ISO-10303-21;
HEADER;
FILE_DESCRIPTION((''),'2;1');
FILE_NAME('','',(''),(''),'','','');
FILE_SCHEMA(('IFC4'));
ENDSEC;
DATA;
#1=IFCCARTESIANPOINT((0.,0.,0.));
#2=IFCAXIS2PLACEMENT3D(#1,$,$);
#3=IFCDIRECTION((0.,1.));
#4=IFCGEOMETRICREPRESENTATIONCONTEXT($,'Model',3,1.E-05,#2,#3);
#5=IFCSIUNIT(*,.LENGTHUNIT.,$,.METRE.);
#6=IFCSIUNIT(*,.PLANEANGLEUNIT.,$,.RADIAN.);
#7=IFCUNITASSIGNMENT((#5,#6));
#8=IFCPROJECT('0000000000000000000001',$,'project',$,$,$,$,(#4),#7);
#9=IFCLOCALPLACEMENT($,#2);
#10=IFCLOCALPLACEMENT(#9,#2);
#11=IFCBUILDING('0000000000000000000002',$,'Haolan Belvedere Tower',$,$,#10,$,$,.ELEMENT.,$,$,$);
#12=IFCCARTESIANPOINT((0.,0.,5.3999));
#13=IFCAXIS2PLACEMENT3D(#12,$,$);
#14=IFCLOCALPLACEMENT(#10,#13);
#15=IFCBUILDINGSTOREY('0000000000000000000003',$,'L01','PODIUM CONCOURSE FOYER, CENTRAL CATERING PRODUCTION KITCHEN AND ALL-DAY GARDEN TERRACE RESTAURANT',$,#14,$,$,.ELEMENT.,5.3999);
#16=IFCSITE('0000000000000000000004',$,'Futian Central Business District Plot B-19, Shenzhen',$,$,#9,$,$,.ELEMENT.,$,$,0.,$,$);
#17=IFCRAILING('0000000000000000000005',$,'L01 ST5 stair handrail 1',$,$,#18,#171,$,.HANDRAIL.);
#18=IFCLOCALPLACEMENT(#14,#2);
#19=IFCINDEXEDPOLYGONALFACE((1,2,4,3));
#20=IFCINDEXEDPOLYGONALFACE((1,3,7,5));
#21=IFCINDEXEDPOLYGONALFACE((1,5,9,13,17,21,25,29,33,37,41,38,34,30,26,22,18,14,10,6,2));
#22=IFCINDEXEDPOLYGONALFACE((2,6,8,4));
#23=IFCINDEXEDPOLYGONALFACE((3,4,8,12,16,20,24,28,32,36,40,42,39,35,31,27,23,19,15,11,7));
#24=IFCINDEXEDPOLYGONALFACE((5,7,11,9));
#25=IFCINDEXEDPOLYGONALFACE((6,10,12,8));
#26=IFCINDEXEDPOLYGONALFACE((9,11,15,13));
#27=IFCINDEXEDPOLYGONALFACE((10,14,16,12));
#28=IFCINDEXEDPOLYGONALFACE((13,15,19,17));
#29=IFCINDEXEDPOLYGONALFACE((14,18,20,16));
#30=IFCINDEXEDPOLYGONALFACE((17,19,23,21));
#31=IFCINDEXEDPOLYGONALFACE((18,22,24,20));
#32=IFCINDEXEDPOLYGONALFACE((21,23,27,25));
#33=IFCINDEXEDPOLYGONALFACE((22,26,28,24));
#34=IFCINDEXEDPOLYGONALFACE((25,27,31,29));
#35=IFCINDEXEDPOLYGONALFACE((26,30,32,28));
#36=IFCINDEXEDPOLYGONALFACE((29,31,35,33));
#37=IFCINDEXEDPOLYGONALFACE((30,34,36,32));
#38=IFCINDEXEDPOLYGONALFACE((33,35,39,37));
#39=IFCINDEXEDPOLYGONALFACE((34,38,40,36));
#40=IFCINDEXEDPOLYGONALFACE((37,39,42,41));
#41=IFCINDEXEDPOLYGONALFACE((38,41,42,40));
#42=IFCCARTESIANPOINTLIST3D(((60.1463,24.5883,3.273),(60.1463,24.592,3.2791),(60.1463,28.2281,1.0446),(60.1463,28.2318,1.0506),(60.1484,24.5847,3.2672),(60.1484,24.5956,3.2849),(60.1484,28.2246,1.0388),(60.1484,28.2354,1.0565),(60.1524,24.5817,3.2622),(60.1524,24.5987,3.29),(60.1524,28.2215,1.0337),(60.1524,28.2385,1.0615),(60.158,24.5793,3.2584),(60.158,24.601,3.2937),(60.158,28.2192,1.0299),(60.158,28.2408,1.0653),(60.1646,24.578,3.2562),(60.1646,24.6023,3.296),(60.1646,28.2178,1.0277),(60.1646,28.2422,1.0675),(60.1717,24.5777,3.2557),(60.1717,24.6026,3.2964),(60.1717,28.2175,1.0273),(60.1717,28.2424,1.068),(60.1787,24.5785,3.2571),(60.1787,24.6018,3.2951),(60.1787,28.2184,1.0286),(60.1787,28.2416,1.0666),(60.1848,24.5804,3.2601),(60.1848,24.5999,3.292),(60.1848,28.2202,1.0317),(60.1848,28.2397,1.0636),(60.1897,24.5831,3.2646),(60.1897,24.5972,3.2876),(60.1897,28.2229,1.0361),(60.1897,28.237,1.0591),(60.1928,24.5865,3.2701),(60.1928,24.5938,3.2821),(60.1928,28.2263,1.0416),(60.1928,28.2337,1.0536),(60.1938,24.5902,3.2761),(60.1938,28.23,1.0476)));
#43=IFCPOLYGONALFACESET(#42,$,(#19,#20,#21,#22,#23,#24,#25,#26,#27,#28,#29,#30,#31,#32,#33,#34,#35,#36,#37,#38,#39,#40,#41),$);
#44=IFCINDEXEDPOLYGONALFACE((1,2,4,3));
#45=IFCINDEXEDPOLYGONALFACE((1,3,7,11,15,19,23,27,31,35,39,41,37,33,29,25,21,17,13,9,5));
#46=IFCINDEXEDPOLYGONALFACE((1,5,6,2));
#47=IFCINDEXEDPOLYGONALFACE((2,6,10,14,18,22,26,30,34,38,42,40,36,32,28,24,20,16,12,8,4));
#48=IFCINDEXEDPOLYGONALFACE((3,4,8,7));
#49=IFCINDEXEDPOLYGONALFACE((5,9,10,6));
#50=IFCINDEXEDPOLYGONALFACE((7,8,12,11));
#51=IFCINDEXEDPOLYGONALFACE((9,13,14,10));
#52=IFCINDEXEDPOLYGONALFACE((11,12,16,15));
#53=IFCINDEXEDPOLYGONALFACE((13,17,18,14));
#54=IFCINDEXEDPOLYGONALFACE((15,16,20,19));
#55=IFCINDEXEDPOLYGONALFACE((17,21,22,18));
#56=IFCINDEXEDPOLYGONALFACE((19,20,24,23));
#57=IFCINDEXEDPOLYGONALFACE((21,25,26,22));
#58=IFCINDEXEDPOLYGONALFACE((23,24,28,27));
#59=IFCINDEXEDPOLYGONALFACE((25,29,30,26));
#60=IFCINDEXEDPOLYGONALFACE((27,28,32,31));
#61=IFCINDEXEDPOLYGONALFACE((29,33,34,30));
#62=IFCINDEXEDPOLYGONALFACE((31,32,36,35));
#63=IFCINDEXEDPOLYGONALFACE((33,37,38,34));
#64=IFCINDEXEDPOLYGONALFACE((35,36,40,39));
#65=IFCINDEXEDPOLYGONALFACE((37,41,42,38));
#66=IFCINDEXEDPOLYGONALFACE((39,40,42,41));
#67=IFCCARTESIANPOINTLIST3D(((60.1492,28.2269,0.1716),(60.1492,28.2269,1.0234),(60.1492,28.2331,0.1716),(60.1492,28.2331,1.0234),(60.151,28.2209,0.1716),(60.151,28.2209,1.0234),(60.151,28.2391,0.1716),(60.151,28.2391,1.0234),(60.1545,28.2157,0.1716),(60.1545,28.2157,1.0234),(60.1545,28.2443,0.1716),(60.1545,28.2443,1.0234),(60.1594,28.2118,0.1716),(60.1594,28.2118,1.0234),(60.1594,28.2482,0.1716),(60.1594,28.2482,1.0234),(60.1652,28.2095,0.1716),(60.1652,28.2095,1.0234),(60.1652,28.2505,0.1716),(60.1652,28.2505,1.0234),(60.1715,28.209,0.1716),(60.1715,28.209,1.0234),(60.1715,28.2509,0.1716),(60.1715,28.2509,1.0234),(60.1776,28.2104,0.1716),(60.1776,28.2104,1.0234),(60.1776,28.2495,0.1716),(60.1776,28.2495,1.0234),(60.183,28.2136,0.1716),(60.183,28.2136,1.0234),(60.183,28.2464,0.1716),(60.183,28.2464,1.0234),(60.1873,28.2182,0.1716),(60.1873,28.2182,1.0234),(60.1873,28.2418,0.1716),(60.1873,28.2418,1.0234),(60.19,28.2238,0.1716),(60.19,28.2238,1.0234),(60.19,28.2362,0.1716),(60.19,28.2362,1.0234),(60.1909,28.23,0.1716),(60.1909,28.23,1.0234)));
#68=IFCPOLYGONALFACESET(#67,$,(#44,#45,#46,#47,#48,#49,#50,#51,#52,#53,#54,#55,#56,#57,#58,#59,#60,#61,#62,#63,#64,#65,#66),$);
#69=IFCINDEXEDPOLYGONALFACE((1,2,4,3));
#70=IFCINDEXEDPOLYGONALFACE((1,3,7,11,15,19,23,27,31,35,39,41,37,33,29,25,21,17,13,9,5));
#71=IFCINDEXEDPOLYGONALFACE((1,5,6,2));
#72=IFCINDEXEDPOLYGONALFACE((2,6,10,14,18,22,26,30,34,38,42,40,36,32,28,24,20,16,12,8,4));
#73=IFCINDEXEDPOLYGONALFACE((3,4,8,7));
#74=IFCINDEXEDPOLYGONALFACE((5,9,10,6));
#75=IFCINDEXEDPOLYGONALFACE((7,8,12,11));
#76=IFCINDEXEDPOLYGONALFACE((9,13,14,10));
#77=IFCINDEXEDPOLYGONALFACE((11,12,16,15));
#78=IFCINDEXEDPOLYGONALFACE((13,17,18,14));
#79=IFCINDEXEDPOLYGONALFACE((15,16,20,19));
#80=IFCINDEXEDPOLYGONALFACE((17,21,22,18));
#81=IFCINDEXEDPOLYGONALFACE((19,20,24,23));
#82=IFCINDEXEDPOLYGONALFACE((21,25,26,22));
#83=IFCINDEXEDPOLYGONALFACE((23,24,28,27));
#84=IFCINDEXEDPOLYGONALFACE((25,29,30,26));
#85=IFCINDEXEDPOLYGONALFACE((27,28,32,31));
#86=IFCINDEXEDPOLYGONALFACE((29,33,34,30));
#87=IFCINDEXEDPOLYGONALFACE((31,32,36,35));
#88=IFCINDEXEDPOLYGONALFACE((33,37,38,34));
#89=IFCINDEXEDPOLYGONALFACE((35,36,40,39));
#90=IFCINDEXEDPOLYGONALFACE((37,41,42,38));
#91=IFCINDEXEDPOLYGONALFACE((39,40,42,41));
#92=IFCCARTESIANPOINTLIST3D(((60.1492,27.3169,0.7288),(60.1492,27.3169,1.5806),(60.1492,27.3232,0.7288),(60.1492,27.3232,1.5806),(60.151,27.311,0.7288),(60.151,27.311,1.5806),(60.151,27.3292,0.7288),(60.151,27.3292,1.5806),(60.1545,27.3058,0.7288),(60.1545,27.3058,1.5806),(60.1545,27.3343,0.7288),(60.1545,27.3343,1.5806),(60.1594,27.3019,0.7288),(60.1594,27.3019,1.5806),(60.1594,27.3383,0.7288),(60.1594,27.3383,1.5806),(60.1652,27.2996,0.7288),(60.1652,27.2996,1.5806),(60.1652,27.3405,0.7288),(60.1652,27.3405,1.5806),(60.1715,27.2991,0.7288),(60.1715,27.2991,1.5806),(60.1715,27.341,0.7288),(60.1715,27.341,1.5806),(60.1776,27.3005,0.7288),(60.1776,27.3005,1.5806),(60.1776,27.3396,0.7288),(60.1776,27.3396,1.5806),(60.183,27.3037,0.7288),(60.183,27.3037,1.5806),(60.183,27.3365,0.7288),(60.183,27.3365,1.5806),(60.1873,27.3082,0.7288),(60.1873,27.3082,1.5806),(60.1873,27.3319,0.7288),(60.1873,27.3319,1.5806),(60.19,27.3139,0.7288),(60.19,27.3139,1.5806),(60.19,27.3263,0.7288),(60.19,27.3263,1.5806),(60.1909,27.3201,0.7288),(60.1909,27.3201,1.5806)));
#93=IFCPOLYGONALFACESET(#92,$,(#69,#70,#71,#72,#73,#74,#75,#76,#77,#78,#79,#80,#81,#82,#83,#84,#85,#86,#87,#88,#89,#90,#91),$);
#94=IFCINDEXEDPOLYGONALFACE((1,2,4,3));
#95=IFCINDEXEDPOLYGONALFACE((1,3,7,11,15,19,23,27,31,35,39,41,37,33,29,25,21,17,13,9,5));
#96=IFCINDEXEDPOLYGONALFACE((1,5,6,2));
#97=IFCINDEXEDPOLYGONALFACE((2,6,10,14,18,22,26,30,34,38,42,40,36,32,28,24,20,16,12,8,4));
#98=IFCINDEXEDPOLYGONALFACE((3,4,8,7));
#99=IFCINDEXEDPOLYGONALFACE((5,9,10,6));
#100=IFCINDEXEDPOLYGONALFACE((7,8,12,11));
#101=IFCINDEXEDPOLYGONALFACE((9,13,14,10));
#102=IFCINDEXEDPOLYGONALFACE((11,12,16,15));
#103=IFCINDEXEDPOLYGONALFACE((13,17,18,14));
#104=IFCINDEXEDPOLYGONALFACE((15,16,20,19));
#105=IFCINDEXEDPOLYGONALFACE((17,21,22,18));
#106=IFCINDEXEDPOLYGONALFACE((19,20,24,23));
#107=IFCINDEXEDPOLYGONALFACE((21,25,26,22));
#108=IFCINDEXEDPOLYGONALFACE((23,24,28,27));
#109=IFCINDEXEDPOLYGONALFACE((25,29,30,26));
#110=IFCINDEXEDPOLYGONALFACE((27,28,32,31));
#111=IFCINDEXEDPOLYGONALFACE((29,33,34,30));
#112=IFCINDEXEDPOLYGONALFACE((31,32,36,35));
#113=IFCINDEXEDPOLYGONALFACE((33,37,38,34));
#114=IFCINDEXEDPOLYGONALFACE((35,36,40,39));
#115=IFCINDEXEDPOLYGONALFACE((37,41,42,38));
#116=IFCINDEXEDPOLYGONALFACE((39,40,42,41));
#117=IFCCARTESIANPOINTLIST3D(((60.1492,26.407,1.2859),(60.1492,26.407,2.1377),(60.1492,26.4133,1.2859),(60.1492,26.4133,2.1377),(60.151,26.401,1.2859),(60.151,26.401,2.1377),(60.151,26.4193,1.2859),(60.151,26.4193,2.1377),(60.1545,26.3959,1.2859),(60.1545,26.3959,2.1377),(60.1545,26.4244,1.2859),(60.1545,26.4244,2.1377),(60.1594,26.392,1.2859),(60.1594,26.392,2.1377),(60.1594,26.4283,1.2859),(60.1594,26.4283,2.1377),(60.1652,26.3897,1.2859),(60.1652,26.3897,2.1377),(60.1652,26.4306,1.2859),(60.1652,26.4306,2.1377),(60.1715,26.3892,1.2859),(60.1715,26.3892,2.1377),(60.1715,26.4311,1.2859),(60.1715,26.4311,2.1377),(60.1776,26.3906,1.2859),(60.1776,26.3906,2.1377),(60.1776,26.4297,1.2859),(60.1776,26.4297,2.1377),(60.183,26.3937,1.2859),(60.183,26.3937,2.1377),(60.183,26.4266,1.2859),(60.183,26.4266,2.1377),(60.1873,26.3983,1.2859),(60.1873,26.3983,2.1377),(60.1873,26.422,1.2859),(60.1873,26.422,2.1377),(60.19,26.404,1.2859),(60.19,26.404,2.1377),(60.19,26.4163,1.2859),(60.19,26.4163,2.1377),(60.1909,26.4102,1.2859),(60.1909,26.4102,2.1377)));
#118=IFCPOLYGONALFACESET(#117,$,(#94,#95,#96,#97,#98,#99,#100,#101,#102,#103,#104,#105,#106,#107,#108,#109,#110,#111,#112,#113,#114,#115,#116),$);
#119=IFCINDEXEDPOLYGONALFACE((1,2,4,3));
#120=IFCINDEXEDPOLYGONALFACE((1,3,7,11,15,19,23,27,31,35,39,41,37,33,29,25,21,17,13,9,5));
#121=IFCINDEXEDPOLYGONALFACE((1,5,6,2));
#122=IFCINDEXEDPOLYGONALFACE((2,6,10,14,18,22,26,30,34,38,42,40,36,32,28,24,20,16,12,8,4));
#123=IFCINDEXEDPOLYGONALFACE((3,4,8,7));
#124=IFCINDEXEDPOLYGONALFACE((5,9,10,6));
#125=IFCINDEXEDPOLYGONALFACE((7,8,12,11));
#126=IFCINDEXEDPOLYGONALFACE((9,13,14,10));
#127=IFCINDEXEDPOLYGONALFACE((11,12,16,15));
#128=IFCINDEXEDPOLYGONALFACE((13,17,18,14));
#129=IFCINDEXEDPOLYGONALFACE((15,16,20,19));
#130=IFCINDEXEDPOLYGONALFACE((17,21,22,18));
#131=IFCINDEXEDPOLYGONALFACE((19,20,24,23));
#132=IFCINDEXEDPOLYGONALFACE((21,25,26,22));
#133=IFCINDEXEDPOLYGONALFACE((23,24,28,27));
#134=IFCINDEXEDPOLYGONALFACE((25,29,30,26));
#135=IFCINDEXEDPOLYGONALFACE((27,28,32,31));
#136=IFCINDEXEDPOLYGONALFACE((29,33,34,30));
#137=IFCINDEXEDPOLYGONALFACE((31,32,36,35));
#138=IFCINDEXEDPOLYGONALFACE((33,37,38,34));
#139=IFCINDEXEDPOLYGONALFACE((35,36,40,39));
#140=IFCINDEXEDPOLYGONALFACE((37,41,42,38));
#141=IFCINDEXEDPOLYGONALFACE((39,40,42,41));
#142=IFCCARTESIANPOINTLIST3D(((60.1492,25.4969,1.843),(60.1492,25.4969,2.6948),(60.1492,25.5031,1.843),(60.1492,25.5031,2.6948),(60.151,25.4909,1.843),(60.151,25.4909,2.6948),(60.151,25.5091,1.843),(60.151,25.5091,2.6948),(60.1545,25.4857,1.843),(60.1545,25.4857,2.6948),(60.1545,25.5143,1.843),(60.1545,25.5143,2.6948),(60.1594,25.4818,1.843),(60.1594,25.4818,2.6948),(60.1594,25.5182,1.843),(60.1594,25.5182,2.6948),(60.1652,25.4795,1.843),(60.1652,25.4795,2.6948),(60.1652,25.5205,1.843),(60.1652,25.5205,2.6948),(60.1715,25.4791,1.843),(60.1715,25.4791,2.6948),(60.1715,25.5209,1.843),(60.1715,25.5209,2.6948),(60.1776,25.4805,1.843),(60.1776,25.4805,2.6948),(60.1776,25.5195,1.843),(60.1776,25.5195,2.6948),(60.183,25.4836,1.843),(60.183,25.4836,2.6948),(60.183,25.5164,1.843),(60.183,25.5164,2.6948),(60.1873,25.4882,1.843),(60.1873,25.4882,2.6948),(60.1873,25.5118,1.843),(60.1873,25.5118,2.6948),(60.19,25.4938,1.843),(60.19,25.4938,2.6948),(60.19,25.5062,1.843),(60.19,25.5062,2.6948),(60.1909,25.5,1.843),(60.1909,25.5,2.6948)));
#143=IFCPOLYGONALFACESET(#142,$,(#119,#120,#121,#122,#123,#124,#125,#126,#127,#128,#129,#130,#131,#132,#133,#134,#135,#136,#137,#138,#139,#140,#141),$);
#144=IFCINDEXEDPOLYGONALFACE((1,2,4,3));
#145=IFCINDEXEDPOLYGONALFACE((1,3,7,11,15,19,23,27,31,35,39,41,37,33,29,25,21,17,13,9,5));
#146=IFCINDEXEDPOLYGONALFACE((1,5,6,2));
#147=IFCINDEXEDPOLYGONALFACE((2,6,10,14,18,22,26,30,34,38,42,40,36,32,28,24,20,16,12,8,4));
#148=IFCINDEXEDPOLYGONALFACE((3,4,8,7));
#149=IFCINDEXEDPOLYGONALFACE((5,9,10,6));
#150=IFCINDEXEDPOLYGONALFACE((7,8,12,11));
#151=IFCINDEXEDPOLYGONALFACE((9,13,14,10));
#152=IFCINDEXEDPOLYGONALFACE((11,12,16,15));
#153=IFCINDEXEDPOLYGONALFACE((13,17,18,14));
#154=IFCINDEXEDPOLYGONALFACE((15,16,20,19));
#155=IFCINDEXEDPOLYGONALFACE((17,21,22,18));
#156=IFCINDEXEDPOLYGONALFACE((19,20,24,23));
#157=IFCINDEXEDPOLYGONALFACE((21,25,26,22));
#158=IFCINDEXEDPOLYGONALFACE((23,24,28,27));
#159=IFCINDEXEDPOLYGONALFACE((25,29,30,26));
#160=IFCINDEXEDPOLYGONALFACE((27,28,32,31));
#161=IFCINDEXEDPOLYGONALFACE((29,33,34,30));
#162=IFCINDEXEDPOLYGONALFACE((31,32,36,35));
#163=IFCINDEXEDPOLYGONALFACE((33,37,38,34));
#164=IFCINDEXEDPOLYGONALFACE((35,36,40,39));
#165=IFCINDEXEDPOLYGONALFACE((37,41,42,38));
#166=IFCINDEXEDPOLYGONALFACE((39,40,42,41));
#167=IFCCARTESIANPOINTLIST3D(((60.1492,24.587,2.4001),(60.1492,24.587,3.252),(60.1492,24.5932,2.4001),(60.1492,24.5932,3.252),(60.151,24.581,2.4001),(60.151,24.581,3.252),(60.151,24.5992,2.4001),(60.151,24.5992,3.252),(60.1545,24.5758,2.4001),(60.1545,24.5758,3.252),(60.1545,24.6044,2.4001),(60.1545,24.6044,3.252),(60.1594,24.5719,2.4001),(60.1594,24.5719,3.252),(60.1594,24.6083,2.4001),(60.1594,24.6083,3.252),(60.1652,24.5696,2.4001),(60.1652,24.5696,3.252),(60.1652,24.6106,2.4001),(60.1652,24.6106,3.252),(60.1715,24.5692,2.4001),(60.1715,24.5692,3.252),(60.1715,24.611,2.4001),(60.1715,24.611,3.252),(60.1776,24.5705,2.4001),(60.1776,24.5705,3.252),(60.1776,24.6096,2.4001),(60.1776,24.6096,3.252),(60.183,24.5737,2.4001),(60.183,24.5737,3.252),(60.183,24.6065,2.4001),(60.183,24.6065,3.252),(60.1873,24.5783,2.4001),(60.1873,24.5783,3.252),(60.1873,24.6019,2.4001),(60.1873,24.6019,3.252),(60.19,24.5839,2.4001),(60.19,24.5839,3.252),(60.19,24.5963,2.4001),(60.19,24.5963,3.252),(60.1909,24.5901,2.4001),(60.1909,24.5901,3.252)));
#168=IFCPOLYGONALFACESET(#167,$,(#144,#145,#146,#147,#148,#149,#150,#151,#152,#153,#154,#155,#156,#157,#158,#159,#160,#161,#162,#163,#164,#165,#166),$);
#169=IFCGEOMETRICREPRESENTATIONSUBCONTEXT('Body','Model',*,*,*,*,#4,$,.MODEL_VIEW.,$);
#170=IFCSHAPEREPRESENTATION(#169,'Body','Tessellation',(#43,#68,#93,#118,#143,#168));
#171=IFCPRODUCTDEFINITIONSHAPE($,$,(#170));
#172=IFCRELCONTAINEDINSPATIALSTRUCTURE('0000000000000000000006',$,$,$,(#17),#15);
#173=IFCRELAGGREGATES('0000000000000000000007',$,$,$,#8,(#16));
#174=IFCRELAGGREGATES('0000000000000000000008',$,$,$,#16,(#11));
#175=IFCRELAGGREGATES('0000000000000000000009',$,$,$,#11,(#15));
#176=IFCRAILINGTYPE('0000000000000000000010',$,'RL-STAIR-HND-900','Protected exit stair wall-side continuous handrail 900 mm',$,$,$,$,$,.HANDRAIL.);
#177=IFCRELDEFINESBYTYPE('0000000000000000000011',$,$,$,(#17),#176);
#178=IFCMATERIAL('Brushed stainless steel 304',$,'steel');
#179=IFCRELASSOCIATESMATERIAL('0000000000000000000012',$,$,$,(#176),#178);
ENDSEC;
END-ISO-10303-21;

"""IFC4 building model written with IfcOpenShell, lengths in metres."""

from ifc_helpers import new_model, si_unit, direction, frame, origin, origin_2d, place, context, subcontext, project, spatial, circle, extrude, material, type_object, element, save


model = new_model("IFC4")

# Units and contexts
model_context = context("Model", 3, precision=1e-05, world=origin(), true_north=direction((0.0, 1.0)))
body_context = subcontext(model_context, "Body", "Model", "MODEL_VIEW")
ifc_project = project(units=[si_unit("LENGTHUNIT", "METRE"), si_unit("PLANEANGLEUNIT", "RADIAN")], contexts=[model_context])

# Site, building, storey
site_placement = place(None, origin())
site = spatial("IfcSite", under=ifc_project, at=site_placement, Name="Futian Central Business District Plot B-19, Shenzhen", CompositionType="ELEMENT", RefElevation=0.0)
building_placement = place(site_placement, origin())
building = spatial("IfcBuilding", under=site, at=building_placement, Name="Haolan Belvedere Tower", CompositionType="ELEMENT")
storey_placement = place(building_placement, frame((0.0, 0.0, 5.3999)))
storey = spatial("IfcBuildingStorey", under=building, at=storey_placement, Name="L01", Description="PODIUM CONCOURSE FOYER, CENTRAL CATERING PRODUCTION KITCHEN AND ALL-DAY GARDEN TERRACE RESTAURANT", CompositionType="ELEMENT", Elevation=5.3999)

# Railing
ifc_material_1 = material(Name="Brushed stainless steel 304", Category="steel")
railing_type_1 = type_object("IfcRailingType", Name="RL-STAIR-HND-900", Description="Protected exit stair wall-side continuous handrail 900 mm", PredefinedType="HANDRAIL", material=ifc_material_1)
railing_1_placement = place(storey_placement, frame((60.1699, 28.23, 0.1716)))
element("IfcRailing", 1, at=railing_1_placement, inside=storey, type_object=railing_type_1, Name="L01 ST5 stair handrail 1", PredefinedType="HANDRAIL", context=body_context, shape_type="SweptSolid", body=[
    extrude(circle(Radius=0.0239, at=origin_2d()), frame((0.0, 0.0, 0.876), z_axis=(0.0, -0.85285, 0.522156), x_axis=(1.0, 0.0, 0.0)), (0.0, 0.0, 1.0), 4.2678),
    extrude(circle(Radius=0.021, at=origin_2d()), origin(), (0.0, 0.0, 1.0), 0.8518),
    extrude(circle(Radius=0.021, at=origin_2d()), frame((0.0, -0.9099, 0.5571)), (0.0, 0.0, 1.0), 0.8518),
    extrude(circle(Radius=0.021, at=origin_2d()), frame((0.0, -1.8198, 1.1143)), (0.0, 0.0, 1.0), 0.8518),
    extrude(circle(Radius=0.021, at=origin_2d()), frame((0.0, -2.73, 1.6714)), (0.0, 0.0, 1.0), 0.8518),
    extrude(circle(Radius=0.021, at=origin_2d()), frame((0.0, -3.6399, 2.2285)), (0.0, 0.0, 1.0), 0.8518),
])

save(model, "model.ifc")
